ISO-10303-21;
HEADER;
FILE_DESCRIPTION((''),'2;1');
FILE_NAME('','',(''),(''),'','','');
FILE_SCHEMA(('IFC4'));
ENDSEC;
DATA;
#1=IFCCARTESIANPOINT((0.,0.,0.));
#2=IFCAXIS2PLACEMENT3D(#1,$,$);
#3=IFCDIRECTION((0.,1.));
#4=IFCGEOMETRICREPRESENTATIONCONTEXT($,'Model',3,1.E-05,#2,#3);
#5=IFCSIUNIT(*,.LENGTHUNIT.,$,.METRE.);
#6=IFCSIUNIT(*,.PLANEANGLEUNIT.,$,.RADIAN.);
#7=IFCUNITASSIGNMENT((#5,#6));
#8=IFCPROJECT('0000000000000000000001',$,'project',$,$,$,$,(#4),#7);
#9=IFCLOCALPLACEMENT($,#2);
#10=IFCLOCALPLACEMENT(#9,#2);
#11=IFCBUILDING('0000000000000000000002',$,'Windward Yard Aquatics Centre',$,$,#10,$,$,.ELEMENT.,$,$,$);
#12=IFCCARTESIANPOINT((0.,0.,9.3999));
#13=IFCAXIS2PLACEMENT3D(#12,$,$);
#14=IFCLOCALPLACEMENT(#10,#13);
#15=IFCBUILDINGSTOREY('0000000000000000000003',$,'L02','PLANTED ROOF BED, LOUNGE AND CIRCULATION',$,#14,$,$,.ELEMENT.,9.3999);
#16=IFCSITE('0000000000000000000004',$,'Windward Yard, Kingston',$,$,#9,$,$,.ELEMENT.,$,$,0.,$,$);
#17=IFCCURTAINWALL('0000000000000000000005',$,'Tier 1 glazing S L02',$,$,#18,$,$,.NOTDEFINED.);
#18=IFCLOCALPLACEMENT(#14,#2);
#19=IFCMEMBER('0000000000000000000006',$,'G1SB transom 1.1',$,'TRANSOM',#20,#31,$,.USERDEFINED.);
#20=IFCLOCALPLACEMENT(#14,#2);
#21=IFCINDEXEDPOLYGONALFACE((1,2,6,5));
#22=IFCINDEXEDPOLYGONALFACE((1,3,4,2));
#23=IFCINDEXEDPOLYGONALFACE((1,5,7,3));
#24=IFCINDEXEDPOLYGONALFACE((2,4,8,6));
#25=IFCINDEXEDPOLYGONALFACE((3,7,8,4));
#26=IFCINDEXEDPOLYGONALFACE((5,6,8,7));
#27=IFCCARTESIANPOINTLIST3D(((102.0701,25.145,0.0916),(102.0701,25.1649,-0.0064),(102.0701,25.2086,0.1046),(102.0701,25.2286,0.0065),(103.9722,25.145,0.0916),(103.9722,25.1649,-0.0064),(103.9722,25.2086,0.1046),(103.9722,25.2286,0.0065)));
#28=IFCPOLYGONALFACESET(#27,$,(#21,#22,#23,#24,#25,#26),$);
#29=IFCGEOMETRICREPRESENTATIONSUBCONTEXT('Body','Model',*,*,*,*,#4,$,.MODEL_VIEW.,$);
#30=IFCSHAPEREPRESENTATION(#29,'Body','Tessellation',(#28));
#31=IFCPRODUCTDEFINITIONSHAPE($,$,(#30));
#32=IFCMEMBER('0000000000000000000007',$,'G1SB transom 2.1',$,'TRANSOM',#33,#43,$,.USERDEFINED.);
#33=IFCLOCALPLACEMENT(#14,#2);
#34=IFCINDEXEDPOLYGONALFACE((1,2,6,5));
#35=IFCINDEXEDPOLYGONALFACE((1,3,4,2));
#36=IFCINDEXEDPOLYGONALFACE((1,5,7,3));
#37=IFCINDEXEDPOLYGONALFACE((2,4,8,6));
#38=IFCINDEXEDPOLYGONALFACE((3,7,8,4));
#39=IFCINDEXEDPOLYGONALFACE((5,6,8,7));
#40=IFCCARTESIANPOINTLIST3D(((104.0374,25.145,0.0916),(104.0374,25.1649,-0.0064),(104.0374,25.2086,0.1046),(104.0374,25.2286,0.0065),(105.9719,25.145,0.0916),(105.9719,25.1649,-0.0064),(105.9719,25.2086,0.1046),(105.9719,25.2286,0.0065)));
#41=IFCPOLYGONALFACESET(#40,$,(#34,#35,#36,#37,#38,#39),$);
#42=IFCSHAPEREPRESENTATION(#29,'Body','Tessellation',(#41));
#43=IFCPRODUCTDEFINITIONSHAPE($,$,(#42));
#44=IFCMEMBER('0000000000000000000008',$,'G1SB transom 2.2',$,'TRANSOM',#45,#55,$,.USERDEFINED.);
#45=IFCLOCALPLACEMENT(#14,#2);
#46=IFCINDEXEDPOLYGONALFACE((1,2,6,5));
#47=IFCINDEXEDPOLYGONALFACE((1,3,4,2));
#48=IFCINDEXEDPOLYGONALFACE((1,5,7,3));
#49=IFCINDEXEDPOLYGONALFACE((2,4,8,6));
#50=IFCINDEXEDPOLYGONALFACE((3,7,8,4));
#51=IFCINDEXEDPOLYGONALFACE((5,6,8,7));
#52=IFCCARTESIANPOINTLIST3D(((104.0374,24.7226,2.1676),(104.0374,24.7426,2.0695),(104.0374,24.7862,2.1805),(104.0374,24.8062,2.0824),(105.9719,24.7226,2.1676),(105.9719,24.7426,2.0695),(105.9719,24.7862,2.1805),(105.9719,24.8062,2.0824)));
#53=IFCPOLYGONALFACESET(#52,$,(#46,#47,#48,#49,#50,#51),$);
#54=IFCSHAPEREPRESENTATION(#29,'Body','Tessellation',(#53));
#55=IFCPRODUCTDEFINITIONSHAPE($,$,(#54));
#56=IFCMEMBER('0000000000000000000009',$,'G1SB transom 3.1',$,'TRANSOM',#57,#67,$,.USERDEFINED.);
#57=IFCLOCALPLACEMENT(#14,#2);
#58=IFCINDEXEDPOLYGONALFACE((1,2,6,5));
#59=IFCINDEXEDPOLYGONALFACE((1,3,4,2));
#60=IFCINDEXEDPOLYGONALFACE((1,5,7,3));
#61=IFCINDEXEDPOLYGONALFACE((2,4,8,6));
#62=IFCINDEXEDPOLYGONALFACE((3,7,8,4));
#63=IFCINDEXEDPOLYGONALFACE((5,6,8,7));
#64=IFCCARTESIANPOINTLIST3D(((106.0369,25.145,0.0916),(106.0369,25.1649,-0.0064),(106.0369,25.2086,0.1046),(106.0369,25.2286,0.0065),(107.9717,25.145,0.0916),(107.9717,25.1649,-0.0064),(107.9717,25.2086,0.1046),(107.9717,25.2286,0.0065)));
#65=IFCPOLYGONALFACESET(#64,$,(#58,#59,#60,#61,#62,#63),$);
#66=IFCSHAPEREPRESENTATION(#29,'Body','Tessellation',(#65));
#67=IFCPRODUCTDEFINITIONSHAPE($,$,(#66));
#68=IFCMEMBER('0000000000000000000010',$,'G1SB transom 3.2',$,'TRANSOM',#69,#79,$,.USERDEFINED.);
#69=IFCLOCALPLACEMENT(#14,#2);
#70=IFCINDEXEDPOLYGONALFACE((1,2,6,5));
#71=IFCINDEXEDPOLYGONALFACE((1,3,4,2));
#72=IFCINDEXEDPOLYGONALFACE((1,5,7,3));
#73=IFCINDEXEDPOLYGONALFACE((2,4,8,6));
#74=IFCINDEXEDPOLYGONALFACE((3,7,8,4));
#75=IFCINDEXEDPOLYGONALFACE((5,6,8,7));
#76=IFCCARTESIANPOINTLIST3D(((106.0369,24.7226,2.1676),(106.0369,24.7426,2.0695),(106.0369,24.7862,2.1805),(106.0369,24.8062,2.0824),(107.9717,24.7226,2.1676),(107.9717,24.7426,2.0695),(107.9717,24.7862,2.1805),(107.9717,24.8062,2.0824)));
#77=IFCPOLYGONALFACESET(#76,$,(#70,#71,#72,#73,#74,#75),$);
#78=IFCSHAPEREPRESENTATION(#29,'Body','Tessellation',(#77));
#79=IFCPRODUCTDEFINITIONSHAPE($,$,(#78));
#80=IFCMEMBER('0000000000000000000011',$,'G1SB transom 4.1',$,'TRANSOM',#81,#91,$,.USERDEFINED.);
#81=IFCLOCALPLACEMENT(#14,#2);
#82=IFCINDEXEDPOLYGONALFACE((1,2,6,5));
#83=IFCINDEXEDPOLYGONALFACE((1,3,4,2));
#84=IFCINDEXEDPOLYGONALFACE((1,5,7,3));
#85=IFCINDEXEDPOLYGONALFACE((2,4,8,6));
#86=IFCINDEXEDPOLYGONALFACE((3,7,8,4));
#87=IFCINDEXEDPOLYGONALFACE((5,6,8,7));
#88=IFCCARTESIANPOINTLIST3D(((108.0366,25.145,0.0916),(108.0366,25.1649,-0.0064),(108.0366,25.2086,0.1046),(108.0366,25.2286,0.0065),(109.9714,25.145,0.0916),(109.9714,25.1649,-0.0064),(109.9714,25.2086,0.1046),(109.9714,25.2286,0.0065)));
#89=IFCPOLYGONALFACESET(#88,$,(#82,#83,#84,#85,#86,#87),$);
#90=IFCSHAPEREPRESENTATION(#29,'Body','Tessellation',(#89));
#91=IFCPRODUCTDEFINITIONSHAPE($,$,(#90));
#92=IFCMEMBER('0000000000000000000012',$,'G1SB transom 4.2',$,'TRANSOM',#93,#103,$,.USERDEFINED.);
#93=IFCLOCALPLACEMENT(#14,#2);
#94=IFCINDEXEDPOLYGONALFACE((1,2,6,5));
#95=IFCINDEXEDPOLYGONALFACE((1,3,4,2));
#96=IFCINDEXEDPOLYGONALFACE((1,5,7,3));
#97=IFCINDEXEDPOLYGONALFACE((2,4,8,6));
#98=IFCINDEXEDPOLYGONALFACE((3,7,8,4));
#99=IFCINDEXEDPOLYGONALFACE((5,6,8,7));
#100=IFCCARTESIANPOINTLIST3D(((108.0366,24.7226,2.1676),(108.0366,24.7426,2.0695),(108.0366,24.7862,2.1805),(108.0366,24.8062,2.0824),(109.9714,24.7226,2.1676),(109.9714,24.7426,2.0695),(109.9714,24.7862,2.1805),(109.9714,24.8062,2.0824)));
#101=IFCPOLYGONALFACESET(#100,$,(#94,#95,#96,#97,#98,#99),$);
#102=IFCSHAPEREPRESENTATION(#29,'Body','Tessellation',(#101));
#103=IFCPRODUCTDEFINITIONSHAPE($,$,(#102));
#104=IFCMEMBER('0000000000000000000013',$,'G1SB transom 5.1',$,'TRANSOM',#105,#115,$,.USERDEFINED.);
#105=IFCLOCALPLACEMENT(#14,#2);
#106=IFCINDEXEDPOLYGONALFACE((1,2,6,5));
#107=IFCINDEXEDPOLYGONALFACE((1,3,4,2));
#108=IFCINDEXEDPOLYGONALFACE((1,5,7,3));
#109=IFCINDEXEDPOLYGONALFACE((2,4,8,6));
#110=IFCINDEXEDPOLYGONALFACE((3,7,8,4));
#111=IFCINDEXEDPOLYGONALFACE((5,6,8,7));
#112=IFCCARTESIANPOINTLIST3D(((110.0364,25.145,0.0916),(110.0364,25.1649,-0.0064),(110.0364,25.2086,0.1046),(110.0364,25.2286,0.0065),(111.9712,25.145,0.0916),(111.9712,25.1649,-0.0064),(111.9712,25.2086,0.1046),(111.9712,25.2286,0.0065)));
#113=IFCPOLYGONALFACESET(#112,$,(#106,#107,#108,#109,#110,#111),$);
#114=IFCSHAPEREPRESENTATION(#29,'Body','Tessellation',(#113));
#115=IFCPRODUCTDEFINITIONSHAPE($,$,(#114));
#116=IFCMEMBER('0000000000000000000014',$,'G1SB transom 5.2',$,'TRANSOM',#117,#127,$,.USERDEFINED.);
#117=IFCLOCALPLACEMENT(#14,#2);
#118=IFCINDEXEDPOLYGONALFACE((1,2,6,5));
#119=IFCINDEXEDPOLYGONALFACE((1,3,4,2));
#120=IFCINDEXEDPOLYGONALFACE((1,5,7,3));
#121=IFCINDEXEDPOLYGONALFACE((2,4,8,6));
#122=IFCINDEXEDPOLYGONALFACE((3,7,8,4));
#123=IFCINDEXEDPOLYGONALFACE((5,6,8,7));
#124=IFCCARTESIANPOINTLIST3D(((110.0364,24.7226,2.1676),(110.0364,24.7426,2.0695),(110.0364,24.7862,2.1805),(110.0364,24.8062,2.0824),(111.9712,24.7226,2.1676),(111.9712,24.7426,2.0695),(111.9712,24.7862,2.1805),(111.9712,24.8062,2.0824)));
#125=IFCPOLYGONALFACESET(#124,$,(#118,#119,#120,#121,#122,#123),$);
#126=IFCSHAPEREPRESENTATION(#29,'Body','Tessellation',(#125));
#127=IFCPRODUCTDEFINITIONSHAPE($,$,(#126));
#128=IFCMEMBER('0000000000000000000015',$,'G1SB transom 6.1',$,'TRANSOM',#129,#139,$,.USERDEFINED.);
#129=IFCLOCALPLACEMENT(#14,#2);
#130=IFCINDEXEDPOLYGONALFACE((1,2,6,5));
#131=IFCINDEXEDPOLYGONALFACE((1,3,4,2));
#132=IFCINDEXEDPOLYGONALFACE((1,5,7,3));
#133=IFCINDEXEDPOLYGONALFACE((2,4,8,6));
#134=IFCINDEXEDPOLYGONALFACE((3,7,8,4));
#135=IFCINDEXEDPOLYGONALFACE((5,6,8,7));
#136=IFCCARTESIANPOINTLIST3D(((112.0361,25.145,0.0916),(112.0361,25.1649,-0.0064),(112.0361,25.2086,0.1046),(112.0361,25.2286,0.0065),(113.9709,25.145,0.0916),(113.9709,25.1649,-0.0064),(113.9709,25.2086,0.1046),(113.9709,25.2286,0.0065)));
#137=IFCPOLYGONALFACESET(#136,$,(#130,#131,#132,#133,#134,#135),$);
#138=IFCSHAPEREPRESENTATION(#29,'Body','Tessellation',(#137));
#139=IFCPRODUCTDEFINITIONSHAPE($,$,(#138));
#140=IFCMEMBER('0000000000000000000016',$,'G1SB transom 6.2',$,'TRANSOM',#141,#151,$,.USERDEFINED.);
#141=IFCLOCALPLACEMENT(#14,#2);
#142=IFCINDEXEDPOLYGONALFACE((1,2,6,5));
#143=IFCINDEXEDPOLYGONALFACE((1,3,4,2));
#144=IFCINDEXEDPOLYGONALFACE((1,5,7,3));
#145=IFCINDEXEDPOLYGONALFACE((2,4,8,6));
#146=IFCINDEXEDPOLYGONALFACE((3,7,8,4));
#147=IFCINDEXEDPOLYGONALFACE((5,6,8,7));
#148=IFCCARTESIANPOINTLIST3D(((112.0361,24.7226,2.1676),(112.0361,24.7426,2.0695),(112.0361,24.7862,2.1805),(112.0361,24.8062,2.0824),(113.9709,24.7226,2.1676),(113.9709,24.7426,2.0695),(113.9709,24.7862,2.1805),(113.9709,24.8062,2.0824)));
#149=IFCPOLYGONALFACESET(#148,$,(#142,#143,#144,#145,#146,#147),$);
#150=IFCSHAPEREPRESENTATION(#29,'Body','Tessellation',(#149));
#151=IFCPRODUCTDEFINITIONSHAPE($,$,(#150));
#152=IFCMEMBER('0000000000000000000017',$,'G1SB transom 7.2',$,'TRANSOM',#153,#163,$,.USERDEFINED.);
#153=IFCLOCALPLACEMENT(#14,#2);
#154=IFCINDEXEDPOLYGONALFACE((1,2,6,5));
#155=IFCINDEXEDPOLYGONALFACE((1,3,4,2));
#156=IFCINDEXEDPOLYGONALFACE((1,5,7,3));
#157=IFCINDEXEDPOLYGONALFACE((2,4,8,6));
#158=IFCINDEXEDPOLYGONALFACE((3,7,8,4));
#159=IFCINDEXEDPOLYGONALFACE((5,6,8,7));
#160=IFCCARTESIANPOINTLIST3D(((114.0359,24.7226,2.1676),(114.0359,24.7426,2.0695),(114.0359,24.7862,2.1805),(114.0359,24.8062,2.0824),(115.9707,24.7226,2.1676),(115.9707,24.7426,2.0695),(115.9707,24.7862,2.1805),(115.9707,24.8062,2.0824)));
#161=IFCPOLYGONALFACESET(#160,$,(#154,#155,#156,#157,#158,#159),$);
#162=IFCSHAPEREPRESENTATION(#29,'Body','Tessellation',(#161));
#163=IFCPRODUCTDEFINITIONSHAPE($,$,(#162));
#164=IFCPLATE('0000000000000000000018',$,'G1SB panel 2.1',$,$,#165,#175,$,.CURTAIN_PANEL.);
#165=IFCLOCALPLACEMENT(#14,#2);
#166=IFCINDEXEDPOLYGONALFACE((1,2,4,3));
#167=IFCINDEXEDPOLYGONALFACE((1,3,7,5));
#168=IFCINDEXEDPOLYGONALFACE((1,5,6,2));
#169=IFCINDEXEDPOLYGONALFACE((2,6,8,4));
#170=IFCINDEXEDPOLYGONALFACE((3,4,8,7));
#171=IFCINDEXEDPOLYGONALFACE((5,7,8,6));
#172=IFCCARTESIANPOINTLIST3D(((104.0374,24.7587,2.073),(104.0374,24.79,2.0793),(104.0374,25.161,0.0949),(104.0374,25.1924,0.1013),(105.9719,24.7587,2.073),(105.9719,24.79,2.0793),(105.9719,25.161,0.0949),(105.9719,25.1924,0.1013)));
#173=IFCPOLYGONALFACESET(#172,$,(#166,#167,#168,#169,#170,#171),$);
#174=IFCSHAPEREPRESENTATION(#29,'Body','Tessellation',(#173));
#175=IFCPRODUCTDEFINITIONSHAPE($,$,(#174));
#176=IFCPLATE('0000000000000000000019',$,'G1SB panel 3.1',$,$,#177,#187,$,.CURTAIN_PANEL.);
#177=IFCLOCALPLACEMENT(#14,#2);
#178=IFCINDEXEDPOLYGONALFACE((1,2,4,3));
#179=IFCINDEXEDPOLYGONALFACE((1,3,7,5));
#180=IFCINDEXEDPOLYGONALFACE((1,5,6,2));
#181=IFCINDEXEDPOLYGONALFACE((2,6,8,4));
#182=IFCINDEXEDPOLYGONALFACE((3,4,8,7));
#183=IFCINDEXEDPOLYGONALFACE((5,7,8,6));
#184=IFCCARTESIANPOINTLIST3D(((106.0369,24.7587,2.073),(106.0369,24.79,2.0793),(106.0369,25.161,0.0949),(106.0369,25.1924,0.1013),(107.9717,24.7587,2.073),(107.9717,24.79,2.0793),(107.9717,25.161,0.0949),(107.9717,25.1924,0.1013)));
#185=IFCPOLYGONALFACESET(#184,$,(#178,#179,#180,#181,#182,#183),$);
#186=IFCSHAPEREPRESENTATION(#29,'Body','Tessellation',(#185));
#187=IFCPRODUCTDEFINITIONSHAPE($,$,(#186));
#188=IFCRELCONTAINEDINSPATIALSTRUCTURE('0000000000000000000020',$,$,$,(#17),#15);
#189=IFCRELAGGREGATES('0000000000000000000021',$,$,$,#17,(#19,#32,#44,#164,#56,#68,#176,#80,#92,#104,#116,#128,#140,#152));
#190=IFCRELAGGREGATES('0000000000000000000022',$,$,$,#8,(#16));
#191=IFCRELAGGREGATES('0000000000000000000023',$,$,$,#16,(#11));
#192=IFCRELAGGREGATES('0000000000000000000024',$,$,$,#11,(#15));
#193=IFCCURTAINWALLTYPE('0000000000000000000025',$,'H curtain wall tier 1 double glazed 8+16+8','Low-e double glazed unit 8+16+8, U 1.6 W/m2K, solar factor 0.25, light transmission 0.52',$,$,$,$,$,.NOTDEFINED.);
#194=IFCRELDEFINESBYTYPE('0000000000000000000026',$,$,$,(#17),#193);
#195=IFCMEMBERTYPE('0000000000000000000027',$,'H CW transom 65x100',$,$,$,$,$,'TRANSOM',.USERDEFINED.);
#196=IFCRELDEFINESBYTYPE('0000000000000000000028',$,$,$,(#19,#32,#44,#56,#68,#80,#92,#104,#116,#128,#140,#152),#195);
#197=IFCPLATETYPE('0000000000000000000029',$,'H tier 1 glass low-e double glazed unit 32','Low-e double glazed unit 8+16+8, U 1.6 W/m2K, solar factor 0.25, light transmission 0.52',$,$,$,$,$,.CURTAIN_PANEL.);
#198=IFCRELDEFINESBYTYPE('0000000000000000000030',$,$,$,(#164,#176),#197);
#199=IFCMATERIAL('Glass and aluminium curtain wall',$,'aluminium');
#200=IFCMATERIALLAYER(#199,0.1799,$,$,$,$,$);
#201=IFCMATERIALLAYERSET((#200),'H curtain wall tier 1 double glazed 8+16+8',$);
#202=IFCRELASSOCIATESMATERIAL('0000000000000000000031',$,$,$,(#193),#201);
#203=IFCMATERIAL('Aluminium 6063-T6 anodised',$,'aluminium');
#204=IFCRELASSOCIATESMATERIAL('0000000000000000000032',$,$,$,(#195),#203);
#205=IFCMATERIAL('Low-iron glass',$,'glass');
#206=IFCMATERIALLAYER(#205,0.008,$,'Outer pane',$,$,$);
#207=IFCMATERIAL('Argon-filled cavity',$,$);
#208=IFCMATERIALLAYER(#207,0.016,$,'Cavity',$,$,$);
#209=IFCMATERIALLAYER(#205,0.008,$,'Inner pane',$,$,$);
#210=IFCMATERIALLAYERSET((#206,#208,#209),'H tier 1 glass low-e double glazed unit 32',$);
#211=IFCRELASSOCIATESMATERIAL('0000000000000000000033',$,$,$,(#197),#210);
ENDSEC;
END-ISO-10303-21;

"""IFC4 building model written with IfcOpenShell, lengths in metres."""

from ifc_helpers import new_model, si_unit, direction, frame, origin, origin_2d, place, context, subcontext, project, spatial, polyline, rectangle, outline, extrude, material, layer, layer_set, material_profile, profile_set, type_object, element, aggregate, save


model = new_model("IFC4")

# Units and contexts
model_context = context("Model", 3, precision=1e-05, world=origin(), true_north=direction((0.0, 1.0)))
body_context = subcontext(model_context, "Body", "Model", "MODEL_VIEW")
ifc_project = project(units=[si_unit("LENGTHUNIT", "METRE"), si_unit("PLANEANGLEUNIT", "RADIAN")], contexts=[model_context])

# Site, building, storey
site_placement = place(None, origin())
site = spatial("IfcSite", under=ifc_project, at=site_placement, Name="Windward Yard, Kingston", CompositionType="ELEMENT", RefElevation=0.0)
building_placement = place(site_placement, origin())
building = spatial("IfcBuilding", under=site, at=building_placement, Name="Windward Yard Aquatics Centre", CompositionType="ELEMENT")
storey_placement = place(building_placement, frame((0.0, 0.0, 9.3999)))
storey = spatial("IfcBuildingStorey", under=building, at=storey_placement, Name="L02", Description="PLANTED ROOF BED, LOUNGE AND CIRCULATION", CompositionType="ELEMENT", Elevation=9.3999)

# Curtain wall, members, plates
ifc_material_1 = material(Name="Glass and aluminium curtain wall", Category="aluminium")
ifc_layer_1 = layer(ifc_material_1, 0.1799)
ifc_layer_set_1 = layer_set([ifc_layer_1], Name="H curtain wall tier 1 double glazed 8+16+8")
curtain_wall_type = type_object("IfcCurtainWallType", Name="H curtain wall tier 1 double glazed 8+16+8", Description="Low-e double glazed unit 8+16+8, U 1.6 W/m2K, solar factor 0.25, light transmission 0.52", PredefinedType="NOTDEFINED", material=ifc_layer_set_1)
curtain_wall_placement = place(storey_placement, origin())
curtain_wall = element("IfcCurtainWall", 1, at=curtain_wall_placement, inside=storey, type_object=curtain_wall_type, Name="Tier 1 glazing S L02", PredefinedType="NOTDEFINED")
ifc_material_2 = material(Name="Aluminium 6063-T6 anodised", Category="aluminium")
ifc_material_profile = material_profile(ifc_material_2, rectangle(XDim=0.0649, YDim=0.1001, at=origin_2d()), Name="H CW transom 65x100")
ifc_profile_set = profile_set([ifc_material_profile], Name="Aluminium 6063-T6 anodised")
member_type = type_object("IfcMemberType", Name="H CW transom 65x100", ElementType="TRANSOM", PredefinedType="USERDEFINED", material=ifc_profile_set)
member_1_placement = place(storey_placement, frame((102.0701, 25.1868, 0.0491), z_axis=(1.0, 0.0, 0.0), x_axis=(0.0, 0.979925, 0.199368)))
member_1 = element("IfcMember", 2, at=member_1_placement, type_object=member_type, Name="G1SB transom 1.1", ObjectType="TRANSOM", PredefinedType="USERDEFINED", context=body_context, shape_type="SweptSolid", body=[
    extrude(rectangle(XDim=0.0649, YDim=0.1001, at=origin_2d()), origin(), (0.0, 0.0, 1.0), 1.9021),
])
member_2_placement = place(storey_placement, frame((104.0374, 25.1868, 0.0491), z_axis=(1.0, 0.0, 0.0), x_axis=(0.0, 0.979925, 0.199368)))
member_2 = element("IfcMember", 3, at=member_2_placement, type_object=member_type, Name="G1SB transom 2.1", ObjectType="TRANSOM", PredefinedType="USERDEFINED", context=body_context, shape_type="SweptSolid", body=[
    extrude(rectangle(XDim=0.0649, YDim=0.1001, at=origin_2d()), origin(), (0.0, 0.0, 1.0), 1.9346),
])
member_3_placement = place(storey_placement, frame((104.0374, 24.7644, 2.125), z_axis=(1.0, 0.0, 0.0), x_axis=(0.0, 0.979925, 0.199368)))
member_3 = element("IfcMember", 4, at=member_3_placement, type_object=member_type, Name="G1SB transom 2.2", ObjectType="TRANSOM", PredefinedType="USERDEFINED", context=body_context, shape_type="SweptSolid", body=[
    extrude(rectangle(XDim=0.0649, YDim=0.1001, at=origin_2d()), origin(), (0.0, 0.0, 1.0), 1.9346),
])
member_4_placement = place(storey_placement, frame((106.0369, 25.1868, 0.0491), z_axis=(1.0, 0.0, 0.0), x_axis=(0.0, 0.979925, 0.199368)))
member_4 = element("IfcMember", 5, at=member_4_placement, type_object=member_type, Name="G1SB transom 3.1", ObjectType="TRANSOM", PredefinedType="USERDEFINED", context=body_context, shape_type="SweptSolid", body=[
    extrude(rectangle(XDim=0.0649, YDim=0.1001, at=origin_2d()), origin(), (0.0, 0.0, 1.0), 1.9348),
])
member_5_placement = place(storey_placement, frame((106.0369, 24.7644, 2.125), z_axis=(1.0, 0.0, 0.0), x_axis=(0.0, 0.979925, 0.199368)))
member_5 = element("IfcMember", 6, at=member_5_placement, type_object=member_type, Name="G1SB transom 3.2", ObjectType="TRANSOM", PredefinedType="USERDEFINED", context=body_context, shape_type="SweptSolid", body=[
    extrude(rectangle(XDim=0.0649, YDim=0.1001, at=origin_2d()), origin(), (0.0, 0.0, 1.0), 1.9348),
])
member_6_placement = place(storey_placement, frame((108.0366, 25.1868, 0.0491), z_axis=(1.0, 0.0, 0.0), x_axis=(0.0, 0.979925, 0.199368)))
member_6 = element("IfcMember", 7, at=member_6_placement, type_object=member_type, Name="G1SB transom 4.1", ObjectType="TRANSOM", PredefinedType="USERDEFINED", context=body_context, shape_type="SweptSolid", body=[
    extrude(rectangle(XDim=0.0649, YDim=0.1001, at=origin_2d()), origin(), (0.0, 0.0, 1.0), 1.9348),
])
member_7_placement = place(storey_placement, frame((108.0366, 24.7644, 2.125), z_axis=(1.0, 0.0, 0.0), x_axis=(0.0, 0.979925, 0.199368)))
member_7 = element("IfcMember", 8, at=member_7_placement, type_object=member_type, Name="G1SB transom 4.2", ObjectType="TRANSOM", PredefinedType="USERDEFINED", context=body_context, shape_type="SweptSolid", body=[
    extrude(rectangle(XDim=0.0649, YDim=0.1001, at=origin_2d()), origin(), (0.0, 0.0, 1.0), 1.9348),
])
member_8_placement = place(storey_placement, frame((110.0364, 25.1868, 0.0491), z_axis=(1.0, 0.0, 0.0), x_axis=(0.0, 0.979925, 0.199368)))
member_8 = element("IfcMember", 9, at=member_8_placement, type_object=member_type, Name="G1SB transom 5.1", ObjectType="TRANSOM", PredefinedType="USERDEFINED", context=body_context, shape_type="SweptSolid", body=[
    extrude(rectangle(XDim=0.0649, YDim=0.1001, at=origin_2d()), origin(), (0.0, 0.0, 1.0), 1.9348),
])
member_9_placement = place(storey_placement, frame((110.0364, 24.7644, 2.125), z_axis=(1.0, 0.0, 0.0), x_axis=(0.0, 0.979925, 0.199368)))
member_9 = element("IfcMember", 10, at=member_9_placement, type_object=member_type, Name="G1SB transom 5.2", ObjectType="TRANSOM", PredefinedType="USERDEFINED", context=body_context, shape_type="SweptSolid", body=[
    extrude(rectangle(XDim=0.0649, YDim=0.1001, at=origin_2d()), origin(), (0.0, 0.0, 1.0), 1.9348),
])
member_10_placement = place(storey_placement, frame((112.0361, 25.1868, 0.0491), z_axis=(1.0, 0.0, 0.0), x_axis=(0.0, 0.979925, 0.199368)))
member_10 = element("IfcMember", 11, at=member_10_placement, type_object=member_type, Name="G1SB transom 6.1", ObjectType="TRANSOM", PredefinedType="USERDEFINED", context=body_context, shape_type="SweptSolid", body=[
    extrude(rectangle(XDim=0.0649, YDim=0.1001, at=origin_2d()), origin(), (0.0, 0.0, 1.0), 1.9348),
])
member_11_placement = place(storey_placement, frame((112.0361, 24.7644, 2.125), z_axis=(1.0, 0.0, 0.0), x_axis=(0.0, 0.979925, 0.199368)))
member_11 = element("IfcMember", 12, at=member_11_placement, type_object=member_type, Name="G1SB transom 6.2", ObjectType="TRANSOM", PredefinedType="USERDEFINED", context=body_context, shape_type="SweptSolid", body=[
    extrude(rectangle(XDim=0.0649, YDim=0.1001, at=origin_2d()), origin(), (0.0, 0.0, 1.0), 1.9348),
])
member_12_placement = place(storey_placement, frame((114.0359, 24.7644, 2.125), z_axis=(1.0, 0.0, 0.0), x_axis=(0.0, 0.979925, 0.199368)))
member_12 = element("IfcMember", 13, at=member_12_placement, type_object=member_type, Name="G1SB transom 7.2", ObjectType="TRANSOM", PredefinedType="USERDEFINED", context=body_context, shape_type="SweptSolid", body=[
    extrude(rectangle(XDim=0.0649, YDim=0.1001, at=origin_2d()), origin(), (0.0, 0.0, 1.0), 1.9348),
])
ifc_material_3 = material(Name="Low-iron glass", Category="glass")
ifc_layer_2 = layer(ifc_material_3, 0.008, Name="Outer pane")
ifc_material_4 = material(Name="Argon-filled cavity")
ifc_layer_3 = layer(ifc_material_4, 0.016, Name="Cavity")
ifc_layer_4 = layer(ifc_material_3, 0.008, Name="Inner pane")
ifc_layer_set_2 = layer_set([ifc_layer_2, ifc_layer_3, ifc_layer_4], Name="H tier 1 glass low-e double glazed unit 32")
plate_type = type_object("IfcPlateType", Name="H tier 1 glass low-e double glazed unit 32", Description="Low-e double glazed unit 8+16+8, U 1.6 W/m2K, solar factor 0.25, light transmission 0.52", PredefinedType="CURTAIN_PANEL", material=ifc_layer_set_2)
plate_1_placement = place(storey_placement, frame((104.0374, 24.79, 2.0793), z_axis=(0.0, 0.979933, 0.199325), x_axis=(0.0, 0.199325, -0.979933)))
plate_1 = element("IfcPlate", 14, at=plate_1_placement, type_object=plate_type, Name="G1SB panel 2.1", PredefinedType="CURTAIN_PANEL", context=body_context, shape_type="SweptSolid", body=[
    extrude(outline(polyline([(0.0, 0.0), (2.0185, 0.0), (2.0185, -1.9346), (0.0, -1.9346), (0.0, 0.0)])), origin(), (0.0, 0.0, -1.0), 0.032),
])
plate_2_placement = place(storey_placement, frame((106.0369, 24.79, 2.0793), z_axis=(0.0, 0.979933, 0.199325), x_axis=(0.0, 0.199325, -0.979933)))
plate_2 = element("IfcPlate", 15, at=plate_2_placement, type_object=plate_type, Name="G1SB panel 3.1", PredefinedType="CURTAIN_PANEL", context=body_context, shape_type="SweptSolid", body=[
    extrude(outline(polyline([(0.0, 0.0), (2.0185, 0.0), (2.0185, -1.9348), (0.0, -1.9348), (0.0, 0.0)])), origin(), (0.0, 0.0, -1.0), 0.032),
])
aggregate(curtain_wall, [member_1, member_2, member_3, plate_1, member_4, member_5, plate_2, member_6, member_7, member_8, member_9, member_10, member_11, member_12])

save(model, "model.ifc")
